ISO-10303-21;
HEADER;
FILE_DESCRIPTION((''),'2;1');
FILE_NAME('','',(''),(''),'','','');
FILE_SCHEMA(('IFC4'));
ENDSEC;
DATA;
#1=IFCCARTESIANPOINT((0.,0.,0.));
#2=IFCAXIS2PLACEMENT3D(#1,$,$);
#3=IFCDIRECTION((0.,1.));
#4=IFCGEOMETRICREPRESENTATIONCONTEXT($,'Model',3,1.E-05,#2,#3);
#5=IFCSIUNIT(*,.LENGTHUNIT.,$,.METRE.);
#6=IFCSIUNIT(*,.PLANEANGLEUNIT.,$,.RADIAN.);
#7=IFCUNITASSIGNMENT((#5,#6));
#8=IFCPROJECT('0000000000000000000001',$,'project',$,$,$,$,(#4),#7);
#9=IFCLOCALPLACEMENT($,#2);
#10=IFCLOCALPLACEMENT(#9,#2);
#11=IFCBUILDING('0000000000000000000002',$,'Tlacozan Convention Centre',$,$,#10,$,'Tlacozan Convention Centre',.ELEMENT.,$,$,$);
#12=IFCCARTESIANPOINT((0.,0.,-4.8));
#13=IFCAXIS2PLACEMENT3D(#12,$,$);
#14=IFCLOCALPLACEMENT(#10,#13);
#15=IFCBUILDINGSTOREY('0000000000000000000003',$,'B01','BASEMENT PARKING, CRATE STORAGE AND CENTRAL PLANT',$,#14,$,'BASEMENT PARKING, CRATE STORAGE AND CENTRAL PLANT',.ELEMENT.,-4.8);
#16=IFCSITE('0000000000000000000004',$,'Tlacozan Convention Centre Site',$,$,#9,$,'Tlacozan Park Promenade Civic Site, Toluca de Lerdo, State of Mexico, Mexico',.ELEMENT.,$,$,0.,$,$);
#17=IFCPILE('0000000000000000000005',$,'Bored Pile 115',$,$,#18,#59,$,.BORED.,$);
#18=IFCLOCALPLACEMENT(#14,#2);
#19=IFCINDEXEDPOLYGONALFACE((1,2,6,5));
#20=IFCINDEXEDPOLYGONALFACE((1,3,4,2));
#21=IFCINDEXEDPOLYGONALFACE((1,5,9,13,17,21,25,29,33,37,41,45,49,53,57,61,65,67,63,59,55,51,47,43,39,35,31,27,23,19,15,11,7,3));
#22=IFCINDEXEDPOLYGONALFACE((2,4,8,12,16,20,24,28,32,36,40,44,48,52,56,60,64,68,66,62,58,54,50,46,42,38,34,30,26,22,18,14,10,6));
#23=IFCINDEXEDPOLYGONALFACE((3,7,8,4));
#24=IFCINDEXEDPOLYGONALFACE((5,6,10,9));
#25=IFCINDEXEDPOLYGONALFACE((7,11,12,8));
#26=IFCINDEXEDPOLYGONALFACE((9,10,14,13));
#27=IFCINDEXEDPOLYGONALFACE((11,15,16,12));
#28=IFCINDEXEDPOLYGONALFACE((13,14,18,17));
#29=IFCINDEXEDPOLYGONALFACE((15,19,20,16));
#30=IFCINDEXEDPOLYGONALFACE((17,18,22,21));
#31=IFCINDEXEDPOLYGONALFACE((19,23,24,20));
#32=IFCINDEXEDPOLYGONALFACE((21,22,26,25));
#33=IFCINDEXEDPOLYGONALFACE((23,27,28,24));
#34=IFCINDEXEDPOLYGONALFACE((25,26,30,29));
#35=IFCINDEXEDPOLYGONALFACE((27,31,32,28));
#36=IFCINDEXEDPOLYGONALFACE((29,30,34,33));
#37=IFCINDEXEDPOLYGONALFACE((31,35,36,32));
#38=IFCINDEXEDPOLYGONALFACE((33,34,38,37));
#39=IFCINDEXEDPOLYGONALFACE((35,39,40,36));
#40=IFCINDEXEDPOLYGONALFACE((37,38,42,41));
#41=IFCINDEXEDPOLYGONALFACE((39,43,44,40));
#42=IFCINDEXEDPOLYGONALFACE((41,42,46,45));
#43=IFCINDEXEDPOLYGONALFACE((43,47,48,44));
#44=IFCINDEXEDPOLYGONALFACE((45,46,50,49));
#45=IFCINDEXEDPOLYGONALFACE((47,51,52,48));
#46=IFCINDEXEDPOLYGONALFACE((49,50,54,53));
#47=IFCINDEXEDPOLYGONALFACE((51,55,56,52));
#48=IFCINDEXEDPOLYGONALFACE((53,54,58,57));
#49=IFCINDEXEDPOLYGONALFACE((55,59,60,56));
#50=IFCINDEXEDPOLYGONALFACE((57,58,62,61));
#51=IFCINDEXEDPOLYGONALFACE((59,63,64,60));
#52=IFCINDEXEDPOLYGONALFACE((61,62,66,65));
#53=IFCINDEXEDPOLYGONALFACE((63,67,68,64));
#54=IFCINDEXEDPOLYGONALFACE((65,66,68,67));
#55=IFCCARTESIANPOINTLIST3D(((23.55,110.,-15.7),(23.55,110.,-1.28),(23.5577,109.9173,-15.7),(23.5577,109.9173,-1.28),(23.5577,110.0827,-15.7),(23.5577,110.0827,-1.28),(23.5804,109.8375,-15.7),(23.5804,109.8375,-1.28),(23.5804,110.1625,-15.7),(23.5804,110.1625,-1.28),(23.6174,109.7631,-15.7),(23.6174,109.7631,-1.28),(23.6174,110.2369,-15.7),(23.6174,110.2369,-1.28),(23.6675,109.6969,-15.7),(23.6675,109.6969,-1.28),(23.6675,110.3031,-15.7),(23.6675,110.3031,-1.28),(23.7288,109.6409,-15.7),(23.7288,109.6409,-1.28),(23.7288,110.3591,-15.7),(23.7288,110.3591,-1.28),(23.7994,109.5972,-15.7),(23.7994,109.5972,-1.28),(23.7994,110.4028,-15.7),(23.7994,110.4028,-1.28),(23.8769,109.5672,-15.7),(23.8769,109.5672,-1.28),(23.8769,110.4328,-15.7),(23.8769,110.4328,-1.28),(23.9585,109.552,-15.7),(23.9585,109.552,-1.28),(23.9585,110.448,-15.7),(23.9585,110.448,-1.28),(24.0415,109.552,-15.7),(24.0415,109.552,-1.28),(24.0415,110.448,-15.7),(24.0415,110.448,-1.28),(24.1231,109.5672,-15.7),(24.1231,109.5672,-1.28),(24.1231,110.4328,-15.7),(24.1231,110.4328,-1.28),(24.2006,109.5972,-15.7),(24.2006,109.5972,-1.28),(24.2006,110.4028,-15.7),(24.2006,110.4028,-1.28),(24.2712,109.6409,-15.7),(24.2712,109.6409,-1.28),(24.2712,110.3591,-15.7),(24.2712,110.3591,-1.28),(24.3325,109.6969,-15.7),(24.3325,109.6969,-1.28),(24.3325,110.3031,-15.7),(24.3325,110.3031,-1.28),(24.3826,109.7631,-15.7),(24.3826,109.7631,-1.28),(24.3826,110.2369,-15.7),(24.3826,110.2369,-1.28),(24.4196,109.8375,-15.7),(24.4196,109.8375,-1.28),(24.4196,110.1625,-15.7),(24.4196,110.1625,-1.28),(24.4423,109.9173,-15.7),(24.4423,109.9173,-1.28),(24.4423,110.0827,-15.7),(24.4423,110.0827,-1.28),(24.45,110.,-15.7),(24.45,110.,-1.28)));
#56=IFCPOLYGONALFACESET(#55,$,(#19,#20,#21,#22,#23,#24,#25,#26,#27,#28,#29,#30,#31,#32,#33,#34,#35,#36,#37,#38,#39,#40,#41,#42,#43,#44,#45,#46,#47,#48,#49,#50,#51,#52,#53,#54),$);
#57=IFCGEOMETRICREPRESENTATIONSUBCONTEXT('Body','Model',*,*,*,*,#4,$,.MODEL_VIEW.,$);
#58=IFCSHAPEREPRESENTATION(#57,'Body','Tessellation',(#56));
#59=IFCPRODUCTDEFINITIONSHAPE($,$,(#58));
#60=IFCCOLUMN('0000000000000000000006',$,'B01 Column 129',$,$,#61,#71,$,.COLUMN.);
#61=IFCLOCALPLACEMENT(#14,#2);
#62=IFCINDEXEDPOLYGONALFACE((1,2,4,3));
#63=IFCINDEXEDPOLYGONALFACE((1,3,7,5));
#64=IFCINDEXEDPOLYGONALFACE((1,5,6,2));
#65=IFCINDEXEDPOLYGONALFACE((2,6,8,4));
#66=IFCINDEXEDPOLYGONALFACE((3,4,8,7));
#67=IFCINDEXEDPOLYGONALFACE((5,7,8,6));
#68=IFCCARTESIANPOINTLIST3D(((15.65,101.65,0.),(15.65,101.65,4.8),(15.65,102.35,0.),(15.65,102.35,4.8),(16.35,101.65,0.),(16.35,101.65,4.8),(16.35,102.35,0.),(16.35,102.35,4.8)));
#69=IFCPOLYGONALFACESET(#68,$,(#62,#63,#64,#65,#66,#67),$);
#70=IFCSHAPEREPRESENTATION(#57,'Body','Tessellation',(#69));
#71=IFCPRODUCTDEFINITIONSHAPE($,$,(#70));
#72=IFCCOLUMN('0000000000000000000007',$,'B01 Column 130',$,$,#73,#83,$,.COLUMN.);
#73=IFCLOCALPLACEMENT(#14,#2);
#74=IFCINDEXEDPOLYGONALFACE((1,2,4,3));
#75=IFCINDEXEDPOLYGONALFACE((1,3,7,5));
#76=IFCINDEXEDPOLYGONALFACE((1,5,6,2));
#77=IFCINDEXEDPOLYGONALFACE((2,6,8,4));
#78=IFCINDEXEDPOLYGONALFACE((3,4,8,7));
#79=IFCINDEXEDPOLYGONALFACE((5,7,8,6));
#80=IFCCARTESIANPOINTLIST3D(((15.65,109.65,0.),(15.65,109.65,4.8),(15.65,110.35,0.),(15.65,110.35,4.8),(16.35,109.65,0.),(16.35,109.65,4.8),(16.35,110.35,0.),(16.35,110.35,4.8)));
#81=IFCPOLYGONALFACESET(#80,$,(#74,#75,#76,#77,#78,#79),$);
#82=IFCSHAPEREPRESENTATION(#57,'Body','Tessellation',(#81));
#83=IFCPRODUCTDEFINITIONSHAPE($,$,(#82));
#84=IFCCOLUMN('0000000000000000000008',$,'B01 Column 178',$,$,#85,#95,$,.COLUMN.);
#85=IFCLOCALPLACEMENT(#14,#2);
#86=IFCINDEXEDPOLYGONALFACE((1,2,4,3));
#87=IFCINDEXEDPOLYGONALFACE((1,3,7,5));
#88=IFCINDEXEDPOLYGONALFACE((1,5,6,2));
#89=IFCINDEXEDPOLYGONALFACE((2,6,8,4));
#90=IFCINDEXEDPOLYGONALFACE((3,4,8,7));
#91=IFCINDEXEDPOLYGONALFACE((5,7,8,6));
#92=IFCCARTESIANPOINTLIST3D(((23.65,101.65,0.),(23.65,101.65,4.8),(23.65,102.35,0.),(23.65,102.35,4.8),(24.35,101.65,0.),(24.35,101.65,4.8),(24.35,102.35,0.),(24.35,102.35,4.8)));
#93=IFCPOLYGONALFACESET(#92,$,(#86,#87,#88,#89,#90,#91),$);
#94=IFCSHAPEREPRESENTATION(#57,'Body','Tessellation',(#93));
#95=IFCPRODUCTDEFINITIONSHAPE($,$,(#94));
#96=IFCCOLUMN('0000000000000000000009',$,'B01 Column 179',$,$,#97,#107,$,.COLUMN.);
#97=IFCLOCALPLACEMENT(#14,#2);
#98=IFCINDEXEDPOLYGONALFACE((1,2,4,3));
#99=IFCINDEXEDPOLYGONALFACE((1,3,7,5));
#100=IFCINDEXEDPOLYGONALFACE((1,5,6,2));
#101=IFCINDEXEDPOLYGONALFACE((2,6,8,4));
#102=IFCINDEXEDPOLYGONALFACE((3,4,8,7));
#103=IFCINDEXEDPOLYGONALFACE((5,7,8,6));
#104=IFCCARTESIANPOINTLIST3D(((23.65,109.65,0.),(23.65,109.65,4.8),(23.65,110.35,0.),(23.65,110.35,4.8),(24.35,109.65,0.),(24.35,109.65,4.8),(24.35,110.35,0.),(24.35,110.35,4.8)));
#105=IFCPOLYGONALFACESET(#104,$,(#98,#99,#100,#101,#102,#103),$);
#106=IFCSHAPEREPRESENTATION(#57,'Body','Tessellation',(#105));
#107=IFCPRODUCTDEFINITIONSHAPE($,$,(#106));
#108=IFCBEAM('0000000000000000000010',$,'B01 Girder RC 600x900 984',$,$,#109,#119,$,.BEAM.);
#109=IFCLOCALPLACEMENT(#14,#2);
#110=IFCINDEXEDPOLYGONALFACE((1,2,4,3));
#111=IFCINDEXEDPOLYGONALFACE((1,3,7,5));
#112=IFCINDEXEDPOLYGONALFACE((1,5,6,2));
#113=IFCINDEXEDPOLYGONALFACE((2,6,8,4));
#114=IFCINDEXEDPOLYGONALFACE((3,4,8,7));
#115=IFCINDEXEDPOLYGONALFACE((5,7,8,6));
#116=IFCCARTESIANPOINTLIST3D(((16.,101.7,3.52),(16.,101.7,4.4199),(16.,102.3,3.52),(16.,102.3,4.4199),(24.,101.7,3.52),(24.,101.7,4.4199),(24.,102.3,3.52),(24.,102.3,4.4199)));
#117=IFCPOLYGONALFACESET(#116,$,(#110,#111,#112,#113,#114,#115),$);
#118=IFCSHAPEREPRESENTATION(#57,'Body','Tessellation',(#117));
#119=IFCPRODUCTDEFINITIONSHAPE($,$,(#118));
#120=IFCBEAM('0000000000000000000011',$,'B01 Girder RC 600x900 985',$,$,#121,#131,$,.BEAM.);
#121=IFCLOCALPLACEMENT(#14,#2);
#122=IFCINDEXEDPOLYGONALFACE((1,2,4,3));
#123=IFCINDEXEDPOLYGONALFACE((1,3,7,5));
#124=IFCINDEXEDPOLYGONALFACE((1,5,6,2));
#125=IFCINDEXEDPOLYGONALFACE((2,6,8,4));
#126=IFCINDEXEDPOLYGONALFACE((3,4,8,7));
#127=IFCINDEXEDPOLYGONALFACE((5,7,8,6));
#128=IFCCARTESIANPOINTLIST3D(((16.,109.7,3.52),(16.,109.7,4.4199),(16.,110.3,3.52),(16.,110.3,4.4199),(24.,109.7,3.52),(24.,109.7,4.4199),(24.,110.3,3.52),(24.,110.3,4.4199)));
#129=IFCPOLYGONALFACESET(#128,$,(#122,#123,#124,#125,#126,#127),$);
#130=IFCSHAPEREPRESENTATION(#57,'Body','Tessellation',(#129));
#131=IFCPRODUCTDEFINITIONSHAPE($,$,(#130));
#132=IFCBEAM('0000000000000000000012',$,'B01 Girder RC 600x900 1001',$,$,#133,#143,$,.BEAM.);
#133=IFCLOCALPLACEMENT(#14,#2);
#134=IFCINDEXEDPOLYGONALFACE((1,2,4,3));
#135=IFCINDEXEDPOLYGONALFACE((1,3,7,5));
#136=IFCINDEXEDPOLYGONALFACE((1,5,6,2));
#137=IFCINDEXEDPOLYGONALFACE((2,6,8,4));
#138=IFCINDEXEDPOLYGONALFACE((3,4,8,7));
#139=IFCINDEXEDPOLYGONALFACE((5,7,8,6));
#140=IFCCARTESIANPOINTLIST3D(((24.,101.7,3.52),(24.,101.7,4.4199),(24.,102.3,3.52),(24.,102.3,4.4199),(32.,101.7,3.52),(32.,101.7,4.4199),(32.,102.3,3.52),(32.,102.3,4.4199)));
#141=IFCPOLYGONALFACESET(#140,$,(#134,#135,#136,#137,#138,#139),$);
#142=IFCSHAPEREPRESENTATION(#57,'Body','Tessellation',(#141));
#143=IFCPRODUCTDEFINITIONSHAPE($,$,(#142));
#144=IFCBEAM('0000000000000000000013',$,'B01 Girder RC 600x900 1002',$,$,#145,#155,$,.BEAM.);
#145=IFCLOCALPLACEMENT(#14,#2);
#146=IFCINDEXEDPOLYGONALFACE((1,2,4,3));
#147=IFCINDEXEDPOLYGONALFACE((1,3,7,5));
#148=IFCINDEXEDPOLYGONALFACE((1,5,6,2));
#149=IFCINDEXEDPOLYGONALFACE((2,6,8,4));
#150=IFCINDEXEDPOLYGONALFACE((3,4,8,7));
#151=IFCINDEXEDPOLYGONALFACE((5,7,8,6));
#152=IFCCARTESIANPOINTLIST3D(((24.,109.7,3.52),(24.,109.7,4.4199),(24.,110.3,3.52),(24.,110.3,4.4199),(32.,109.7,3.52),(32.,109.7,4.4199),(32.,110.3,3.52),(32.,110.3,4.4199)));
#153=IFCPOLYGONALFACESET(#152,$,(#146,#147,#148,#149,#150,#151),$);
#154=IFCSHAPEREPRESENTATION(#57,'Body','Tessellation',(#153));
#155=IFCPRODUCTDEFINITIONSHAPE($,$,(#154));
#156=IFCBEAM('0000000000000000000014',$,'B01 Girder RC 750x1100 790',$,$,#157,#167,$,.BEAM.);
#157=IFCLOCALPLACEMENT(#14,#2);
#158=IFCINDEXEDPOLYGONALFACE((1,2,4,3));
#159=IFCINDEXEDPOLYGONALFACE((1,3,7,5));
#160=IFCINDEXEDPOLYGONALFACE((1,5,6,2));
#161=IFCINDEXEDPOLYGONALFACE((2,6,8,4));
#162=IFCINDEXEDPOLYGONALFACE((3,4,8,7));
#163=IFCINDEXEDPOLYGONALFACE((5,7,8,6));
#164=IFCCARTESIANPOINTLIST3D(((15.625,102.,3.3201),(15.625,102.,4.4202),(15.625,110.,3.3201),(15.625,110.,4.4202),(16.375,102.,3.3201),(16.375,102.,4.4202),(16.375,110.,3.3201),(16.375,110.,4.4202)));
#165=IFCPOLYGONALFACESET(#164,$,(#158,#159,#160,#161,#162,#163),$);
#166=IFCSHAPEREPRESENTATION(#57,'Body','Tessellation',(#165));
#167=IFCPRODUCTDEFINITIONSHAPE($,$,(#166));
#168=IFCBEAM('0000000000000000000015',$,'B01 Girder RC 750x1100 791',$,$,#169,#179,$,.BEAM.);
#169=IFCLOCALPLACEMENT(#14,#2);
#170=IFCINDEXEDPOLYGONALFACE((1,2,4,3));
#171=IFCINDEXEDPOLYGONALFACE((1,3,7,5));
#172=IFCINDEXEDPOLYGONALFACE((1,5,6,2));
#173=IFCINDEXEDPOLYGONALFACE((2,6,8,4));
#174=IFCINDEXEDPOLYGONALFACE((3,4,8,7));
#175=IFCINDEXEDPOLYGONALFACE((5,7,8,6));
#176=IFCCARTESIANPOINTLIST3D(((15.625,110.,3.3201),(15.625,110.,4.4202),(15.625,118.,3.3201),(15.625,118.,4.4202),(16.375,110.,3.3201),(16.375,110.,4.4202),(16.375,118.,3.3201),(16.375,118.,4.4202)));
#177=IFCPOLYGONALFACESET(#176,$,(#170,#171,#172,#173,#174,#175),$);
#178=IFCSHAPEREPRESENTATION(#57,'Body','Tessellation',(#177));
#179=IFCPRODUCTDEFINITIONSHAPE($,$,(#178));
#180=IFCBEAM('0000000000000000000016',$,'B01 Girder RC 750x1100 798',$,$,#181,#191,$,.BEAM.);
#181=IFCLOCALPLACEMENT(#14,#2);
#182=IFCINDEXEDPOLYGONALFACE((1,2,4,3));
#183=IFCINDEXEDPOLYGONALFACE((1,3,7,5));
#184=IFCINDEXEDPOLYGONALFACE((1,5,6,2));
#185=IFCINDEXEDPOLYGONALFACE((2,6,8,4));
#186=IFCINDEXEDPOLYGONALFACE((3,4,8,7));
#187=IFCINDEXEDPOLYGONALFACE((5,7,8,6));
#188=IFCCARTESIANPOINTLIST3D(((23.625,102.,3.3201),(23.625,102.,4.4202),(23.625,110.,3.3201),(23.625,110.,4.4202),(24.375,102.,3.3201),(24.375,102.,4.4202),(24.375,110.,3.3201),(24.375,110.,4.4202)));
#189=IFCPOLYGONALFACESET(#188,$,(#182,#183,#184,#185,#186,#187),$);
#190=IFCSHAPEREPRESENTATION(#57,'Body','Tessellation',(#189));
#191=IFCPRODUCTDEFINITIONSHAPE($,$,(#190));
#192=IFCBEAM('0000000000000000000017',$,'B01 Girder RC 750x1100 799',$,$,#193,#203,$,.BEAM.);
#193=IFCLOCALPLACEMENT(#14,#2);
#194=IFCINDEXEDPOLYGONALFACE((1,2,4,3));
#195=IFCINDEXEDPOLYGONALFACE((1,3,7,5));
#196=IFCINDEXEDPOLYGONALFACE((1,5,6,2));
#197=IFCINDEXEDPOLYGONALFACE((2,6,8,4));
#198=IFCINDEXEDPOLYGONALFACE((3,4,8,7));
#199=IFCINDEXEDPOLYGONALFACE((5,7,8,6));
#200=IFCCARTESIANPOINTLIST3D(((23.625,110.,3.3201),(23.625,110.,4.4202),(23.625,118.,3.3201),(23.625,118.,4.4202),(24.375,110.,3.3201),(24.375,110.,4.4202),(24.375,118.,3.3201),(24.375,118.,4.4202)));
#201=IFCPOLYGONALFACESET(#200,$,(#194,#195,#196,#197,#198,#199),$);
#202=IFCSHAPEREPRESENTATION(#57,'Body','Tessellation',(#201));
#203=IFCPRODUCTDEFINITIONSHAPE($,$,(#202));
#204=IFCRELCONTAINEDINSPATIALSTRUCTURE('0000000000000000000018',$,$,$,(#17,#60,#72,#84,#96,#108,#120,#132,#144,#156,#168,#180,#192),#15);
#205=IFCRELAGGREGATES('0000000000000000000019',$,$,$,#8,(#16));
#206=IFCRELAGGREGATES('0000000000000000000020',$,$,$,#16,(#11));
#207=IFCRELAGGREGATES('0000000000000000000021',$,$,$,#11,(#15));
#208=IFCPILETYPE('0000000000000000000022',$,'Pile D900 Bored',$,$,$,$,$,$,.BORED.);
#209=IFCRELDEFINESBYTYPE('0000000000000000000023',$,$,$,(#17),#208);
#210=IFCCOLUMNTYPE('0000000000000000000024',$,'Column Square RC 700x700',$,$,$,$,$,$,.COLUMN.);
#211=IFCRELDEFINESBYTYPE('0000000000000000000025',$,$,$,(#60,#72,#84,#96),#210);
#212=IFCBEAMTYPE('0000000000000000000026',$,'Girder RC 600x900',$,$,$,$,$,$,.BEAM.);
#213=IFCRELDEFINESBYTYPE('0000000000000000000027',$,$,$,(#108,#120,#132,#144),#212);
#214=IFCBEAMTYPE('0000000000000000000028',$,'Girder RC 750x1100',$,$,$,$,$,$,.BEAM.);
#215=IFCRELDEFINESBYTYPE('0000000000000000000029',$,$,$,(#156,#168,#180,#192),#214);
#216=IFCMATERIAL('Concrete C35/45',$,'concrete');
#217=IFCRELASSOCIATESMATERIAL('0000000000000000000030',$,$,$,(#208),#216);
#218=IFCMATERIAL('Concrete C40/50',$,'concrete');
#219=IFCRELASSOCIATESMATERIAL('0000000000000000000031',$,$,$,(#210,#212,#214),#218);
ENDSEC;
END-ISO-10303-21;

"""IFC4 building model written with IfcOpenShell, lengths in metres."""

from ifc_helpers import new_model, si_unit, direction, frame, origin, origin_2d, place, context, subcontext, project, spatial, rectangle, circle, extrude, material, material_profile, profile_set, type_object, element, save


model = new_model("IFC4")

# Units and contexts
model_context = context("Model", 3, precision=1e-05, world=origin(), true_north=direction((0.0, 1.0)))
body_context = subcontext(model_context, "Body", "Model", "MODEL_VIEW")
ifc_project = project(units=[si_unit("LENGTHUNIT", "METRE"), si_unit("PLANEANGLEUNIT", "RADIAN")], contexts=[model_context])

# Site, building, storey
site_placement = place(None, origin())
site = spatial("IfcSite", under=ifc_project, at=site_placement, Name="Tlacozan Convention Centre Site", LongName="Tlacozan Park Promenade Civic Site, Toluca de Lerdo, State of Mexico, Mexico", CompositionType="ELEMENT", RefElevation=0.0)
building_placement = place(site_placement, origin())
building = spatial("IfcBuilding", under=site, at=building_placement, Name="Tlacozan Convention Centre", LongName="Tlacozan Convention Centre", CompositionType="ELEMENT")
storey_placement = place(building_placement, frame((0.0, 0.0, -4.8)))
storey = spatial("IfcBuildingStorey", under=building, at=storey_placement, Name="B01", Description="BASEMENT PARKING, CRATE STORAGE AND CENTRAL PLANT", LongName="BASEMENT PARKING, CRATE STORAGE AND CENTRAL PLANT", CompositionType="ELEMENT", Elevation=-4.8)

# Shared definitions
ifc_material_1 = material(Name="Concrete C35/45", Category="concrete")

# Pile
ifc_material_profile_1 = material_profile(ifc_material_1, circle(Radius=0.45, at=origin_2d()), Name="PILE D900")
ifc_profile_set_1 = profile_set([ifc_material_profile_1], Name="Concrete C35/45")
pile_type_1 = type_object("IfcPileType", Name="Pile D900 Bored", PredefinedType="BORED", material=ifc_profile_set_1)
for number, where, z_axis, x_axis, name in (
    (1, (24.0, 110.0, -1.28), (0.0, 0.0, -1.0), (1.0, 0.0, 0.0), "Bored Pile 115"),
):
    element("IfcPile", number, at=place(storey_placement, frame(where, z_axis=z_axis, x_axis=x_axis)), inside=storey, type_object=pile_type_1, Name=name, PredefinedType="BORED", context=body_context, shape_type="SweptSolid", body=[
        extrude(circle(Radius=0.45, at=origin_2d()), origin(), (0.0, 0.0, 1.0), 14.4199),
    ])

# Columns
ifc_material_2 = material(Name="Concrete C40/50", Category="concrete")
ifc_material_profile_2 = material_profile(ifc_material_2, rectangle(XDim=0.7, YDim=0.7, at=origin_2d()), Name="RC 700x700")
ifc_profile_set_2 = profile_set([ifc_material_profile_2], Name="Concrete C40/50")
column_type = type_object("IfcColumnType", Name="Column Square RC 700x700", PredefinedType="COLUMN", material=ifc_profile_set_2)
for number, where, z_axis, x_axis, name in (
    (2, (16.0, 102.0, 0.0), (0.0, 0.0, 1.0), (1.0, 0.0, 0.0), "B01 Column 129"),
    (3, (16.0, 110.0, 0.0), (0.0, 0.0, 1.0), (1.0, 0.0, 0.0), "B01 Column 130"),
    (4, (24.0, 102.0, 0.0), (0.0, 0.0, 1.0), (1.0, 0.0, 0.0), "B01 Column 178"),
    (5, (24.0, 110.0, 0.0), (0.0, 0.0, 1.0), (1.0, 0.0, 0.0), "B01 Column 179"),
):
    element("IfcColumn", number, at=place(storey_placement, frame(where, z_axis=z_axis, x_axis=x_axis)), inside=storey, type_object=column_type, Name=name, PredefinedType="COLUMN", context=body_context, shape_type="SweptSolid", body=[
        extrude(rectangle(XDim=0.7, YDim=0.7, at=origin_2d()), origin(), (0.0, 0.0, 1.0), 4.8),
    ])

# Beams
ifc_material_profile_3 = material_profile(ifc_material_2, rectangle(XDim=0.6001, YDim=0.8999, at=origin_2d()), Name="RC 600x900")
ifc_profile_set_3 = profile_set([ifc_material_profile_3], Name="Concrete C40/50")
beam_type_1 = type_object("IfcBeamType", Name="Girder RC 600x900", PredefinedType="BEAM", material=ifc_profile_set_3)
for number, where, z_axis, x_axis, name in (
    (6, (16.0, 102.0, 3.97), (1.0, 0.0, 0.0), (0.0, 1.0, 0.0), "B01 Girder RC 600x900 984"),
    (7, (16.0, 110.0, 3.97), (1.0, 0.0, 0.0), (0.0, 1.0, 0.0), "B01 Girder RC 600x900 985"),
    (8, (24.0, 102.0, 3.97), (1.0, 0.0, 0.0), (0.0, 1.0, 0.0), "B01 Girder RC 600x900 1001"),
    (9, (24.0, 110.0, 3.97), (1.0, 0.0, 0.0), (0.0, 1.0, 0.0), "B01 Girder RC 600x900 1002"),
):
    element("IfcBeam", number, at=place(storey_placement, frame(where, z_axis=z_axis, x_axis=x_axis)), inside=storey, type_object=beam_type_1, Name=name, PredefinedType="BEAM", context=body_context, shape_type="SweptSolid", body=[
        extrude(rectangle(XDim=0.6001, YDim=0.8999, at=origin_2d()), origin(), (0.0, 0.0, 1.0), 8.0),
    ])
ifc_material_profile_4 = material_profile(ifc_material_2, rectangle(XDim=0.75, YDim=1.1001, at=origin_2d()), Name="RC 750x1100")
ifc_profile_set_4 = profile_set([ifc_material_profile_4], Name="Concrete C40/50")
beam_type_2 = type_object("IfcBeamType", Name="Girder RC 750x1100", PredefinedType="BEAM", material=ifc_profile_set_4)
for number, where, z_axis, x_axis, name in (
    (10, (16.0, 102.0, 3.8701), (0.0, 1.0, 0.0), (-1.0, 0.0, 0.0), "B01 Girder RC 750x1100 790"),
    (11, (16.0, 110.0, 3.8701), (0.0, 1.0, 0.0), (-1.0, 0.0, 0.0), "B01 Girder RC 750x1100 791"),
    (12, (24.0, 102.0, 3.8701), (0.0, 1.0, 0.0), (-1.0, 0.0, 0.0), "B01 Girder RC 750x1100 798"),
    (13, (24.0, 110.0, 3.8701), (0.0, 1.0, 0.0), (-1.0, 0.0, 0.0), "B01 Girder RC 750x1100 799"),
):
    element("IfcBeam", number, at=place(storey_placement, frame(where, z_axis=z_axis, x_axis=x_axis)), inside=storey, type_object=beam_type_2, Name=name, PredefinedType="BEAM", context=body_context, shape_type="SweptSolid", body=[
        extrude(rectangle(XDim=0.75, YDim=1.1001, at=origin_2d()), origin(), (0.0, 0.0, 1.0), 8.0),
    ])

save(model, "model.ifc")
